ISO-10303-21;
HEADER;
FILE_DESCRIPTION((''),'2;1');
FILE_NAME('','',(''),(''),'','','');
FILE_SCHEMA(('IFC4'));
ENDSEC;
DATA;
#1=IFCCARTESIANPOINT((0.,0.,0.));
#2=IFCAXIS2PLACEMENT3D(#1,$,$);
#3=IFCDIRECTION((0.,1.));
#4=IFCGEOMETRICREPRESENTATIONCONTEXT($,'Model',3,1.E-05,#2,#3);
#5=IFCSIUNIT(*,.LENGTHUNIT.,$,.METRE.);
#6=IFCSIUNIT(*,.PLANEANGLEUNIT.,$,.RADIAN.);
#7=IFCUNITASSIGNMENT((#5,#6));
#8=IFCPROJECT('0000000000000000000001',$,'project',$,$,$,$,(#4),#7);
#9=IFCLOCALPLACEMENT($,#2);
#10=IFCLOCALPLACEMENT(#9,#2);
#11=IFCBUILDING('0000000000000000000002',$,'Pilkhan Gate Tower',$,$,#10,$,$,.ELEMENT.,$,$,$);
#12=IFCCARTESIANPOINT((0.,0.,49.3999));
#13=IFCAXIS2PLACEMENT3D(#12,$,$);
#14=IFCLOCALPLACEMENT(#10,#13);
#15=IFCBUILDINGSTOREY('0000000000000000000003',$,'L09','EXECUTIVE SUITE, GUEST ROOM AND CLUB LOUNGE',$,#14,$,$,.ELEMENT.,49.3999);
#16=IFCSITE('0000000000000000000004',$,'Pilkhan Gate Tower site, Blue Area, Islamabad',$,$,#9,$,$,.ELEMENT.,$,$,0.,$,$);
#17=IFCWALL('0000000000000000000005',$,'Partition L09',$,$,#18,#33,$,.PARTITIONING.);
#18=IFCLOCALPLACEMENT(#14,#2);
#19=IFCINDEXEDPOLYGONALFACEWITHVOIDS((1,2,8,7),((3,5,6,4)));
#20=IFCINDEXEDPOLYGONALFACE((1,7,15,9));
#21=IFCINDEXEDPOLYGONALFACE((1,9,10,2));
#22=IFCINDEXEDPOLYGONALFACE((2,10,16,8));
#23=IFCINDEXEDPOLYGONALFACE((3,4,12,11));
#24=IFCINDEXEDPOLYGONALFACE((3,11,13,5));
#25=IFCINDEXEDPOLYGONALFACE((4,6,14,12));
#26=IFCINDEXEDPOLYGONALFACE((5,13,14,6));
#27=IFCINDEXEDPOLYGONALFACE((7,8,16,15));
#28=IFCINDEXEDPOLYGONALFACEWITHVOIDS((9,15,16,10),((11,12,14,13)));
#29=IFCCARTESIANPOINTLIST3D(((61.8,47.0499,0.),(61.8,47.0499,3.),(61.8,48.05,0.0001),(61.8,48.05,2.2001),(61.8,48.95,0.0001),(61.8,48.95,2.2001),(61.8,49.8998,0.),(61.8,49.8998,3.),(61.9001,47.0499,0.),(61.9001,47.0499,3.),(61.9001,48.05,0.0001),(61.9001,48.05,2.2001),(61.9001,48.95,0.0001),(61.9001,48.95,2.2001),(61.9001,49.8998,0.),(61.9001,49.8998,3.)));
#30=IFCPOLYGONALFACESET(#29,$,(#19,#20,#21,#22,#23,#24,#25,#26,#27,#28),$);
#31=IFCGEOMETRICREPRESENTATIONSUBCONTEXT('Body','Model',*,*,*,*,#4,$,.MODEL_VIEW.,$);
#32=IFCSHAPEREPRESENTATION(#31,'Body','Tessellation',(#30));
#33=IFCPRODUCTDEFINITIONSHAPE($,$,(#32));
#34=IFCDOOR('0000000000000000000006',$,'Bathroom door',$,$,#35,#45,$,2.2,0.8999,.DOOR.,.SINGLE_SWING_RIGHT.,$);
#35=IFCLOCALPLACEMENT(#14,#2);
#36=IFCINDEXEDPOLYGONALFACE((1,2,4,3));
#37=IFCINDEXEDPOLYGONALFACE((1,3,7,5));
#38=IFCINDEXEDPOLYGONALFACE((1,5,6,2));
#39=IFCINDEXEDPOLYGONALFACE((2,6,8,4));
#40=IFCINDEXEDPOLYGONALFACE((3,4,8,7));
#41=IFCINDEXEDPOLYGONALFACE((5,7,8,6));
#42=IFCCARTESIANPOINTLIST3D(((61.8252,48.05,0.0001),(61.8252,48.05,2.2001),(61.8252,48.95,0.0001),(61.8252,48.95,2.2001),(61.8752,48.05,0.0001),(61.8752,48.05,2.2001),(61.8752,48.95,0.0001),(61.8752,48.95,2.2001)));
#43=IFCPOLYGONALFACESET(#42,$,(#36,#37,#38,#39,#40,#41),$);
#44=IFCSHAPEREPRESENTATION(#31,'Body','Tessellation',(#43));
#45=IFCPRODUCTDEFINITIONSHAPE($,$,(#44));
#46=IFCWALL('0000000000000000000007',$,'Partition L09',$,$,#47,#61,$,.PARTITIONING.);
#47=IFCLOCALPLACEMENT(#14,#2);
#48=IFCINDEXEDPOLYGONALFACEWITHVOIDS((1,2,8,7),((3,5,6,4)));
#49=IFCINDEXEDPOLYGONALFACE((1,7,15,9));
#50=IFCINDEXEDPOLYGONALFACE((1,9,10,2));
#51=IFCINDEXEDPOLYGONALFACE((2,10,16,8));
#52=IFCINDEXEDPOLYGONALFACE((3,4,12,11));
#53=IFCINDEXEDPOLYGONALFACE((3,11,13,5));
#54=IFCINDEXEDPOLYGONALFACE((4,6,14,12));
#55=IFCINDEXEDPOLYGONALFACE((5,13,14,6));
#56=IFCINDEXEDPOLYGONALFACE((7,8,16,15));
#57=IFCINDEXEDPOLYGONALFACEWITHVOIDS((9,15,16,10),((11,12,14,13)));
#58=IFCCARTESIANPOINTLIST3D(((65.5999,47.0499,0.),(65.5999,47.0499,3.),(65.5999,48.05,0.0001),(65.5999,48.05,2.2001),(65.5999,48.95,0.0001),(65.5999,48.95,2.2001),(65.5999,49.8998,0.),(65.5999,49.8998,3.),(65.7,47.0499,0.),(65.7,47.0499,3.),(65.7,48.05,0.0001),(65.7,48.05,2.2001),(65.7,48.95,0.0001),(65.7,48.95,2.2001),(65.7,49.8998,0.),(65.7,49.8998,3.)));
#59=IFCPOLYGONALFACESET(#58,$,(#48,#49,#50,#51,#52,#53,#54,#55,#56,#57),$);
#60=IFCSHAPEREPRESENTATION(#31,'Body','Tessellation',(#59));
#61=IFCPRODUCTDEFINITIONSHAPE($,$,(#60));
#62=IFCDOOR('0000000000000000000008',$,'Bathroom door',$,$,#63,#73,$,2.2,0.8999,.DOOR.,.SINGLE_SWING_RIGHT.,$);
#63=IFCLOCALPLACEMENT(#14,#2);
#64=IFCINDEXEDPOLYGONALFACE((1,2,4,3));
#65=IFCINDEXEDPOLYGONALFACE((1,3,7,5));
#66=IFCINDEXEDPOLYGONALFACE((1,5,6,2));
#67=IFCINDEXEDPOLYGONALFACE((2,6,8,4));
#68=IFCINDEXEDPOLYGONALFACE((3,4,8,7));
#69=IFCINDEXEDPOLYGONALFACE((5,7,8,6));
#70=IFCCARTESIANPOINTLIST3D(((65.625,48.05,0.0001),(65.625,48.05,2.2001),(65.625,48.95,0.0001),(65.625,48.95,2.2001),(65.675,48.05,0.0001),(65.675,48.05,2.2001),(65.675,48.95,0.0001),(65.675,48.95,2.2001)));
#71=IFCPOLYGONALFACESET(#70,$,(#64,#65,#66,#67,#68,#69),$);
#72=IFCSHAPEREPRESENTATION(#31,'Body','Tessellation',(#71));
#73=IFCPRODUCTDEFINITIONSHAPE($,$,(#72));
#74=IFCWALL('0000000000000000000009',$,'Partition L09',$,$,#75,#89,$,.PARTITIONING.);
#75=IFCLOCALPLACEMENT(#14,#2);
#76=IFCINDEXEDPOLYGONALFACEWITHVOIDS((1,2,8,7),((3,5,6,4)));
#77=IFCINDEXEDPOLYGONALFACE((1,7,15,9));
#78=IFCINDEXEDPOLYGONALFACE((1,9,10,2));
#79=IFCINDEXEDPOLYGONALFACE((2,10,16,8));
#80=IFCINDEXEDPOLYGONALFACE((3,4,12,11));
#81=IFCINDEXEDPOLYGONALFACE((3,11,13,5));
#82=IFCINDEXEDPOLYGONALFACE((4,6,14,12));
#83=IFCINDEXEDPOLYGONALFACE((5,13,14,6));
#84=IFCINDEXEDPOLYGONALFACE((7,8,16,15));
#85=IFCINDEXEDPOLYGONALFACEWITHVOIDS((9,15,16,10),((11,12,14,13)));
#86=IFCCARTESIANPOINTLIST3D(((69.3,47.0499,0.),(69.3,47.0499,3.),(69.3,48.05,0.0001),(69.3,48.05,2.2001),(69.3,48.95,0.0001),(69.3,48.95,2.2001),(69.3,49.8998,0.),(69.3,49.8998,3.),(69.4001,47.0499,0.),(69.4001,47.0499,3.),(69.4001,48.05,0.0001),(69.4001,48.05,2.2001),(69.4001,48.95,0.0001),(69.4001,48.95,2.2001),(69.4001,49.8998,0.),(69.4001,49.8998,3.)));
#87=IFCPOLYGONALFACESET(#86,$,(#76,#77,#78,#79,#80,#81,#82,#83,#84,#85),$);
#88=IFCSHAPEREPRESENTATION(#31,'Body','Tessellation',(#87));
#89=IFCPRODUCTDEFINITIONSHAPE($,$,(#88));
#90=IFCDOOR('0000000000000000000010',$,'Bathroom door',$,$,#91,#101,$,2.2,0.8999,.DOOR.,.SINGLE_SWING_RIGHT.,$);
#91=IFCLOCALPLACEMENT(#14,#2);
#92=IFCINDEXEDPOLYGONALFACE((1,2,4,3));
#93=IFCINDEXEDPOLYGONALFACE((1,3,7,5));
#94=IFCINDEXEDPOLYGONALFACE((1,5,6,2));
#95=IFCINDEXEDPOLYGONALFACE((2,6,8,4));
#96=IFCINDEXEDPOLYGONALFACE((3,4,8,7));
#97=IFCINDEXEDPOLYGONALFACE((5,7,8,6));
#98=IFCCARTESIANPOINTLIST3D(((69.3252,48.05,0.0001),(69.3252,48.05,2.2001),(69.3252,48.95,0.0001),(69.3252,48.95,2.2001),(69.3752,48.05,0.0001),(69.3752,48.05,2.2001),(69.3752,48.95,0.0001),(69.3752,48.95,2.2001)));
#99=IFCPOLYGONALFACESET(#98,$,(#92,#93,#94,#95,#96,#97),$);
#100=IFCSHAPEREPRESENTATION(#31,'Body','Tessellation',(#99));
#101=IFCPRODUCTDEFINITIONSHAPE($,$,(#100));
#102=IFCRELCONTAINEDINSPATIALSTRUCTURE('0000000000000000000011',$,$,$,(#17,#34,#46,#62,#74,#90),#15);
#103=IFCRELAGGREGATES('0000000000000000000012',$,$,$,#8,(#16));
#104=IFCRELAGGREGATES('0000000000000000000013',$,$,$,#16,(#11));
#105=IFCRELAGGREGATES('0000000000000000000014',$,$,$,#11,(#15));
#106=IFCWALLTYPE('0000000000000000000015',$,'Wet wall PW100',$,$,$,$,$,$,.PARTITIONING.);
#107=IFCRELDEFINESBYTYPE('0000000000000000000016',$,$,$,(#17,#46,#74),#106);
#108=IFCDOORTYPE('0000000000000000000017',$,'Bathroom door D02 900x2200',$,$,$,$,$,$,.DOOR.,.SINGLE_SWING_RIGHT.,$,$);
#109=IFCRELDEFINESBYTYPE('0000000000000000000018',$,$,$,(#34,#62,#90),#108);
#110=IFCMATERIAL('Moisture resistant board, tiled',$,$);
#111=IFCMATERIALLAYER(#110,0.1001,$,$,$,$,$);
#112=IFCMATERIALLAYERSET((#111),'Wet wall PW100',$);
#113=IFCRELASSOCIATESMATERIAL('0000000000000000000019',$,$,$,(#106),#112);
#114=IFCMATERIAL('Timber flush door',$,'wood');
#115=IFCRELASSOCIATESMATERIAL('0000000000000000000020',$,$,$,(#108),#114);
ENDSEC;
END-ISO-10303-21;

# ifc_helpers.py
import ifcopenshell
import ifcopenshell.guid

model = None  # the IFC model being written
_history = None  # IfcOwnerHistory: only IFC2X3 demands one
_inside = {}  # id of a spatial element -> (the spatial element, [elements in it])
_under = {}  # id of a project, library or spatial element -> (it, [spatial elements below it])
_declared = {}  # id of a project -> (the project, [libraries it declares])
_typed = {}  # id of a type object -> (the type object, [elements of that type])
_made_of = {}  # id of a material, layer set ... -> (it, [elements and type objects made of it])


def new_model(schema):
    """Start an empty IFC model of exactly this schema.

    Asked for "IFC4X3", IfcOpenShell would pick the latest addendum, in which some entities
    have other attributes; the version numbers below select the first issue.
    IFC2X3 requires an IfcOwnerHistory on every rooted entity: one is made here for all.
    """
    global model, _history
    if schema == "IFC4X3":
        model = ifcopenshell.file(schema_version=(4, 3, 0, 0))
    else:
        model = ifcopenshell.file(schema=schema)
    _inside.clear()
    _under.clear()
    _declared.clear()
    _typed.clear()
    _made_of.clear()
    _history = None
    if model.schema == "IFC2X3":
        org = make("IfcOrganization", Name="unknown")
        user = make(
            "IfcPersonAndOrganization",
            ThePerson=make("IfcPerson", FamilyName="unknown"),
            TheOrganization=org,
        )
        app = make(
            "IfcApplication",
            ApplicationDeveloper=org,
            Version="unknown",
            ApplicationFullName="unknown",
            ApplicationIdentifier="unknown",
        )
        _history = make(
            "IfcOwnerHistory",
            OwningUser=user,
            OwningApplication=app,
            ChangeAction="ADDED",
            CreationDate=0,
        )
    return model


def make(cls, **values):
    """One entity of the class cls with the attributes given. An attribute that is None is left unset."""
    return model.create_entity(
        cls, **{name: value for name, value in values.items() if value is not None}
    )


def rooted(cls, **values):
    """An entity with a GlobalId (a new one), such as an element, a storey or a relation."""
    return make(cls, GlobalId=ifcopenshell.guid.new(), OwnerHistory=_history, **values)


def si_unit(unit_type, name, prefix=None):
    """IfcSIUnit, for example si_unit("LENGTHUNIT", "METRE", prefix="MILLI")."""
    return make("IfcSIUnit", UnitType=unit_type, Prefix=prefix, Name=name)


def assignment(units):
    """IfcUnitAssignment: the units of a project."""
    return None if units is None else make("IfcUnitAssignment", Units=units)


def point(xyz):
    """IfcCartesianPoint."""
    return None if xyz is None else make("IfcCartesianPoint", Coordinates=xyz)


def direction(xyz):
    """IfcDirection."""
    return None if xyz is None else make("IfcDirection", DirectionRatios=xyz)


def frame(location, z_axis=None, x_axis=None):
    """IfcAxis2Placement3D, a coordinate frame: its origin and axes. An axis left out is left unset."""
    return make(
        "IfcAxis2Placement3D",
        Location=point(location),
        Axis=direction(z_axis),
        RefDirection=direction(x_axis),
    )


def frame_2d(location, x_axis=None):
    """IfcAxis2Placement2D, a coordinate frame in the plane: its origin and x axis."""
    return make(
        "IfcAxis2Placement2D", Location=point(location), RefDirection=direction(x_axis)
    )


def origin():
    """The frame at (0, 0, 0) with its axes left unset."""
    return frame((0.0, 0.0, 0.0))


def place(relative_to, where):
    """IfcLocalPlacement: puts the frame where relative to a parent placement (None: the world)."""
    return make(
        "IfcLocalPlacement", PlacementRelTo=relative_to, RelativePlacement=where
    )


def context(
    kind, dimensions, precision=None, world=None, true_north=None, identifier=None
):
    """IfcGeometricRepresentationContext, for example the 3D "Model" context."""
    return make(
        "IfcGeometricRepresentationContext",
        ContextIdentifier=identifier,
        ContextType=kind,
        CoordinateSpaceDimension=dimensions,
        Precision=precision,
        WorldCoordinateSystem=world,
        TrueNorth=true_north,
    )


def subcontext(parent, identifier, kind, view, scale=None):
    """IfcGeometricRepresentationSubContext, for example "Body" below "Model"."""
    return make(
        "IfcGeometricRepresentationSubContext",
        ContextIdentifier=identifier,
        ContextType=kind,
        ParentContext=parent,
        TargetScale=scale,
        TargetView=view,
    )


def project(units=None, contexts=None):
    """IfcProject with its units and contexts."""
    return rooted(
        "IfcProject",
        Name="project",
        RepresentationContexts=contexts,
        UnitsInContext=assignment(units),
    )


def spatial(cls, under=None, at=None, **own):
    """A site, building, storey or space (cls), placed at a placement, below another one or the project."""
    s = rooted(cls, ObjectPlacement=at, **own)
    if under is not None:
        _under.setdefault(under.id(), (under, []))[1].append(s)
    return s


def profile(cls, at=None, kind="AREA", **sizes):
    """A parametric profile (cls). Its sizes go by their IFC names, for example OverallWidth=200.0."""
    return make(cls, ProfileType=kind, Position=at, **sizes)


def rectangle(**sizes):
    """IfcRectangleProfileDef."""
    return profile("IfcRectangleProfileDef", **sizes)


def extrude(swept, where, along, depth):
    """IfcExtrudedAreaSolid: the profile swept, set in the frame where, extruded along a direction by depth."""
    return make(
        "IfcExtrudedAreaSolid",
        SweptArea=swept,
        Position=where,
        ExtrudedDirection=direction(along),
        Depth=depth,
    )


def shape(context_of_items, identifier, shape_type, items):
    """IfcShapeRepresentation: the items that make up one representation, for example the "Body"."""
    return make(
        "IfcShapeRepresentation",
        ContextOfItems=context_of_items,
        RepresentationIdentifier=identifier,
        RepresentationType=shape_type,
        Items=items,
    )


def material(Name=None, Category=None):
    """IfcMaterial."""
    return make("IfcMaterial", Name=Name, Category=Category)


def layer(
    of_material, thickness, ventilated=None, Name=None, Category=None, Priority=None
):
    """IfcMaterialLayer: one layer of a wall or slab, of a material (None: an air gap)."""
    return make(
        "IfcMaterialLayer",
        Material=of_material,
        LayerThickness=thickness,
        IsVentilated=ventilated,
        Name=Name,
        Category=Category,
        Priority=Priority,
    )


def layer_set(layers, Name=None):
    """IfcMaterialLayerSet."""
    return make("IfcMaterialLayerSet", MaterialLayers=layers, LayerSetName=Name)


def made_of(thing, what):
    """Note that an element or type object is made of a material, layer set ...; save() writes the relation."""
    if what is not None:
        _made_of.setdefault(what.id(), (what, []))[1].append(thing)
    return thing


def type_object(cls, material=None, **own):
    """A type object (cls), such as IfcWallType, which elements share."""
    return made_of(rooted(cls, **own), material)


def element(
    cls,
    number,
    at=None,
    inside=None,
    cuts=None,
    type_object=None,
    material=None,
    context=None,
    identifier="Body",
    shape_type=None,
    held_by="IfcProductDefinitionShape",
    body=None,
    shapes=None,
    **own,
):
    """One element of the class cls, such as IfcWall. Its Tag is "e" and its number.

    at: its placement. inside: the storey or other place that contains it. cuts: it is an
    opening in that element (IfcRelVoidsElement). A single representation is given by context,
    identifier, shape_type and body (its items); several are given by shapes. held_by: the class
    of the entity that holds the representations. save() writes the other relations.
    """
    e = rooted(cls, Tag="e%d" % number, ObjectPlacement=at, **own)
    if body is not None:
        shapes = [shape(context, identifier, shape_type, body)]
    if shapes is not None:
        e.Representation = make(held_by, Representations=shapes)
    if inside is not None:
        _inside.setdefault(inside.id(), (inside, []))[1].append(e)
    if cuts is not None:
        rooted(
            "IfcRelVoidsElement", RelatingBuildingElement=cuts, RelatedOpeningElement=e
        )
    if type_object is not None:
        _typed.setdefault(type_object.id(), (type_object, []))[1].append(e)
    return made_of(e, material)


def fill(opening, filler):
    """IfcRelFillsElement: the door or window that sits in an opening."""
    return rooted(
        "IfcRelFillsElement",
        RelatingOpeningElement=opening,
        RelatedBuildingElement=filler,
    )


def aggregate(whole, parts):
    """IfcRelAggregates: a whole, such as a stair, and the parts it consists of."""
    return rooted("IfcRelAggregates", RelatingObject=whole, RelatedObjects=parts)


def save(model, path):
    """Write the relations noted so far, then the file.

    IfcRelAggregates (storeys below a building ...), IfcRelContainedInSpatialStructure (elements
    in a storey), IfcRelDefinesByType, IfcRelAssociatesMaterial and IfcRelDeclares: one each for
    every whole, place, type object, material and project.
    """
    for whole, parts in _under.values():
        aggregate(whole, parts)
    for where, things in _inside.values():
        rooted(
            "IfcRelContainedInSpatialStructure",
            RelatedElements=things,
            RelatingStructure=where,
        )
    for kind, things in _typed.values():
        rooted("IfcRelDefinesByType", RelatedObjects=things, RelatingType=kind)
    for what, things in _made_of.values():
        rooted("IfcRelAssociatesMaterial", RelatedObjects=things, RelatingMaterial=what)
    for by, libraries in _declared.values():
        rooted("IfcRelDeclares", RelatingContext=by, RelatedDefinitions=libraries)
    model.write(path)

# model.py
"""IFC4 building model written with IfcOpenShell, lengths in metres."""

from ifc_helpers import new_model, si_unit, direction, frame, frame_2d, origin, place, context, subcontext, project, spatial, rectangle, extrude, material, layer, layer_set, type_object, element, fill, save


model = new_model("IFC4")

# Units and contexts
model_context = context("Model", 3, precision=1e-05, world=origin(), true_north=direction((0.0, 1.0)))
body_context = subcontext(model_context, "Body", "Model", "MODEL_VIEW")
ifc_project = project(units=[si_unit("LENGTHUNIT", "METRE"), si_unit("PLANEANGLEUNIT", "RADIAN")], contexts=[model_context])

# Site, building, storey
site_placement = place(None, origin())
site = spatial("IfcSite", under=ifc_project, at=site_placement, Name="Pilkhan Gate Tower site, Blue Area, Islamabad", CompositionType="ELEMENT", RefElevation=0.0)
building_placement = place(site_placement, origin())
building = spatial("IfcBuilding", under=site, at=building_placement, Name="Pilkhan Gate Tower", CompositionType="ELEMENT")
storey_placement = place(building_placement, frame((0.0, 0.0, 49.3999)))
storey = spatial("IfcBuildingStorey", under=building, at=storey_placement, Name="L09", Description="EXECUTIVE SUITE, GUEST ROOM AND CLUB LOUNGE", CompositionType="ELEMENT", Elevation=49.3999)

# Shared definitions
ifc_material_1 = material(Name="Moisture resistant board, tiled")
ifc_layer_1 = layer(ifc_material_1, 0.1001)
ifc_layer_set_1 = layer_set([ifc_layer_1], Name="Wet wall PW100")
wall_type_1 = type_object("IfcWallType", Name="Wet wall PW100", PredefinedType="PARTITIONING", material=ifc_layer_set_1)

# Walls, openings, doors
wall_1_placement = place(storey_placement, frame((61.8501, 47.05, 0.0), z_axis=(0.0, 0.0, 1.0), x_axis=(0.0, 1.0, 0.0)))
wall_1 = element("IfcWall", 1, at=wall_1_placement, inside=storey, type_object=wall_type_1, Name="Partition L09", PredefinedType="PARTITIONING", context=body_context, shape_type="SweptSolid", body=[
    extrude(rectangle(XDim=2.8499, YDim=0.1001, at=frame_2d((1.4248, 0.0))), origin(), (0.0, 0.0, 1.0), 3.0),
])
opening_1_placement = place(wall_1_placement, frame((1.0, 0.0, 0.0)))
opening_1 = element("IfcOpeningElement", 2, at=opening_1_placement, cuts=wall_1, PredefinedType="OPENING", context=body_context, shape_type="SweptSolid", body=[
    extrude(rectangle(XDim=0.8999, YDim=2.2, at=frame_2d((0.45, 1.1001))), frame((0.0, 0.0601, 0.0), z_axis=(0.0, -1.0, 0.0), x_axis=(1.0, 0.0, 0.0)), (0.0, 0.0, 1.0), 0.1201),
])
ifc_material_2 = material(Name="Timber flush door", Category="wood")
door_type = type_object("IfcDoorType", Name="Bathroom door D02 900x2200", OperationType="SINGLE_SWING_RIGHT", PredefinedType="DOOR", material=ifc_material_2)
door_1_placement = place(opening_1_placement, origin())
door_1 = element("IfcDoor", 3, at=door_1_placement, inside=storey, type_object=door_type, Name="Bathroom door", OperationType="SINGLE_SWING_RIGHT", OverallHeight=2.2, OverallWidth=0.8999, PredefinedType="DOOR", context=body_context, shape_type="SweptSolid", body=[
    extrude(rectangle(XDim=0.8999, YDim=2.2, at=frame_2d((0.45, 1.1001))), frame((0.0, 0.0249, 0.0), z_axis=(0.0, -1.0, 0.0), x_axis=(1.0, 0.0, 0.0)), (0.0, 0.0, 1.0), 0.05),
])
fill(opening_1, door_1)
wall_2_placement = place(storey_placement, frame((65.6499, 47.05, 0.0), z_axis=(0.0, 0.0, 1.0), x_axis=(0.0, 1.0, 0.0)))
wall_2 = element("IfcWall", 4, at=wall_2_placement, inside=storey, type_object=wall_type_1, Name="Partition L09", PredefinedType="PARTITIONING", context=body_context, shape_type="SweptSolid", body=[
    extrude(rectangle(XDim=2.8499, YDim=0.1001, at=frame_2d((1.4248, 0.0))), origin(), (0.0, 0.0, 1.0), 3.0),
])
opening_2_placement = place(wall_2_placement, frame((1.0, 0.0, 0.0)))
opening_2 = element("IfcOpeningElement", 5, at=opening_2_placement, cuts=wall_2, PredefinedType="OPENING", context=body_context, shape_type="SweptSolid", body=[
    extrude(rectangle(XDim=0.8999, YDim=2.2, at=frame_2d((0.45, 1.1001))), frame((0.0, 0.0601, 0.0), z_axis=(0.0, -1.0, 0.0), x_axis=(1.0, 0.0, 0.0)), (0.0, 0.0, 1.0), 0.1201),
])
door_2_placement = place(opening_2_placement, origin())
door_2 = element("IfcDoor", 6, at=door_2_placement, inside=storey, type_object=door_type, Name="Bathroom door", OperationType="SINGLE_SWING_RIGHT", OverallHeight=2.2, OverallWidth=0.8999, PredefinedType="DOOR", context=body_context, shape_type="SweptSolid", body=[
    extrude(rectangle(XDim=0.8999, YDim=2.2, at=frame_2d((0.45, 1.1001))), frame((0.0, 0.0249, 0.0), z_axis=(0.0, -1.0, 0.0), x_axis=(1.0, 0.0, 0.0)), (0.0, 0.0, 1.0), 0.05),
])
fill(opening_2, door_2)
wall_3_placement = place(storey_placement, frame((69.3501, 47.05, 0.0), z_axis=(0.0, 0.0, 1.0), x_axis=(0.0, 1.0, 0.0)))
wall_3 = element("IfcWall", 7, at=wall_3_placement, inside=storey, type_object=wall_type_1, Name="Partition L09", PredefinedType="PARTITIONING", context=body_context, shape_type="SweptSolid", body=[
    extrude(rectangle(XDim=2.8499, YDim=0.1001, at=frame_2d((1.4248, 0.0))), origin(), (0.0, 0.0, 1.0), 3.0),
])
opening_3_placement = place(wall_3_placement, frame((1.0, 0.0, 0.0)))
opening_3 = element("IfcOpeningElement", 8, at=opening_3_placement, cuts=wall_3, PredefinedType="OPENING", context=body_context, shape_type="SweptSolid", body=[
    extrude(rectangle(XDim=0.8999, YDim=2.2, at=frame_2d((0.45, 1.1001))), frame((0.0, 0.0601, 0.0), z_axis=(0.0, -1.0, 0.0), x_axis=(1.0, 0.0, 0.0)), (0.0, 0.0, 1.0), 0.1201),
])
door_3_placement = place(opening_3_placement, origin())
door_3 = element("IfcDoor", 9, at=door_3_placement, inside=storey, type_object=door_type, Name="Bathroom door", OperationType="SINGLE_SWING_RIGHT", OverallHeight=2.2, OverallWidth=0.8999, PredefinedType="DOOR", context=body_context, shape_type="SweptSolid", body=[
    extrude(rectangle(XDim=0.8999, YDim=2.2, at=frame_2d((0.45, 1.1001))), frame((0.0, 0.0249, 0.0), z_axis=(0.0, -1.0, 0.0), x_axis=(1.0, 0.0, 0.0)), (0.0, 0.0, 1.0), 0.05),
])
fill(opening_3, door_3)

save(model, "model.ifc")
